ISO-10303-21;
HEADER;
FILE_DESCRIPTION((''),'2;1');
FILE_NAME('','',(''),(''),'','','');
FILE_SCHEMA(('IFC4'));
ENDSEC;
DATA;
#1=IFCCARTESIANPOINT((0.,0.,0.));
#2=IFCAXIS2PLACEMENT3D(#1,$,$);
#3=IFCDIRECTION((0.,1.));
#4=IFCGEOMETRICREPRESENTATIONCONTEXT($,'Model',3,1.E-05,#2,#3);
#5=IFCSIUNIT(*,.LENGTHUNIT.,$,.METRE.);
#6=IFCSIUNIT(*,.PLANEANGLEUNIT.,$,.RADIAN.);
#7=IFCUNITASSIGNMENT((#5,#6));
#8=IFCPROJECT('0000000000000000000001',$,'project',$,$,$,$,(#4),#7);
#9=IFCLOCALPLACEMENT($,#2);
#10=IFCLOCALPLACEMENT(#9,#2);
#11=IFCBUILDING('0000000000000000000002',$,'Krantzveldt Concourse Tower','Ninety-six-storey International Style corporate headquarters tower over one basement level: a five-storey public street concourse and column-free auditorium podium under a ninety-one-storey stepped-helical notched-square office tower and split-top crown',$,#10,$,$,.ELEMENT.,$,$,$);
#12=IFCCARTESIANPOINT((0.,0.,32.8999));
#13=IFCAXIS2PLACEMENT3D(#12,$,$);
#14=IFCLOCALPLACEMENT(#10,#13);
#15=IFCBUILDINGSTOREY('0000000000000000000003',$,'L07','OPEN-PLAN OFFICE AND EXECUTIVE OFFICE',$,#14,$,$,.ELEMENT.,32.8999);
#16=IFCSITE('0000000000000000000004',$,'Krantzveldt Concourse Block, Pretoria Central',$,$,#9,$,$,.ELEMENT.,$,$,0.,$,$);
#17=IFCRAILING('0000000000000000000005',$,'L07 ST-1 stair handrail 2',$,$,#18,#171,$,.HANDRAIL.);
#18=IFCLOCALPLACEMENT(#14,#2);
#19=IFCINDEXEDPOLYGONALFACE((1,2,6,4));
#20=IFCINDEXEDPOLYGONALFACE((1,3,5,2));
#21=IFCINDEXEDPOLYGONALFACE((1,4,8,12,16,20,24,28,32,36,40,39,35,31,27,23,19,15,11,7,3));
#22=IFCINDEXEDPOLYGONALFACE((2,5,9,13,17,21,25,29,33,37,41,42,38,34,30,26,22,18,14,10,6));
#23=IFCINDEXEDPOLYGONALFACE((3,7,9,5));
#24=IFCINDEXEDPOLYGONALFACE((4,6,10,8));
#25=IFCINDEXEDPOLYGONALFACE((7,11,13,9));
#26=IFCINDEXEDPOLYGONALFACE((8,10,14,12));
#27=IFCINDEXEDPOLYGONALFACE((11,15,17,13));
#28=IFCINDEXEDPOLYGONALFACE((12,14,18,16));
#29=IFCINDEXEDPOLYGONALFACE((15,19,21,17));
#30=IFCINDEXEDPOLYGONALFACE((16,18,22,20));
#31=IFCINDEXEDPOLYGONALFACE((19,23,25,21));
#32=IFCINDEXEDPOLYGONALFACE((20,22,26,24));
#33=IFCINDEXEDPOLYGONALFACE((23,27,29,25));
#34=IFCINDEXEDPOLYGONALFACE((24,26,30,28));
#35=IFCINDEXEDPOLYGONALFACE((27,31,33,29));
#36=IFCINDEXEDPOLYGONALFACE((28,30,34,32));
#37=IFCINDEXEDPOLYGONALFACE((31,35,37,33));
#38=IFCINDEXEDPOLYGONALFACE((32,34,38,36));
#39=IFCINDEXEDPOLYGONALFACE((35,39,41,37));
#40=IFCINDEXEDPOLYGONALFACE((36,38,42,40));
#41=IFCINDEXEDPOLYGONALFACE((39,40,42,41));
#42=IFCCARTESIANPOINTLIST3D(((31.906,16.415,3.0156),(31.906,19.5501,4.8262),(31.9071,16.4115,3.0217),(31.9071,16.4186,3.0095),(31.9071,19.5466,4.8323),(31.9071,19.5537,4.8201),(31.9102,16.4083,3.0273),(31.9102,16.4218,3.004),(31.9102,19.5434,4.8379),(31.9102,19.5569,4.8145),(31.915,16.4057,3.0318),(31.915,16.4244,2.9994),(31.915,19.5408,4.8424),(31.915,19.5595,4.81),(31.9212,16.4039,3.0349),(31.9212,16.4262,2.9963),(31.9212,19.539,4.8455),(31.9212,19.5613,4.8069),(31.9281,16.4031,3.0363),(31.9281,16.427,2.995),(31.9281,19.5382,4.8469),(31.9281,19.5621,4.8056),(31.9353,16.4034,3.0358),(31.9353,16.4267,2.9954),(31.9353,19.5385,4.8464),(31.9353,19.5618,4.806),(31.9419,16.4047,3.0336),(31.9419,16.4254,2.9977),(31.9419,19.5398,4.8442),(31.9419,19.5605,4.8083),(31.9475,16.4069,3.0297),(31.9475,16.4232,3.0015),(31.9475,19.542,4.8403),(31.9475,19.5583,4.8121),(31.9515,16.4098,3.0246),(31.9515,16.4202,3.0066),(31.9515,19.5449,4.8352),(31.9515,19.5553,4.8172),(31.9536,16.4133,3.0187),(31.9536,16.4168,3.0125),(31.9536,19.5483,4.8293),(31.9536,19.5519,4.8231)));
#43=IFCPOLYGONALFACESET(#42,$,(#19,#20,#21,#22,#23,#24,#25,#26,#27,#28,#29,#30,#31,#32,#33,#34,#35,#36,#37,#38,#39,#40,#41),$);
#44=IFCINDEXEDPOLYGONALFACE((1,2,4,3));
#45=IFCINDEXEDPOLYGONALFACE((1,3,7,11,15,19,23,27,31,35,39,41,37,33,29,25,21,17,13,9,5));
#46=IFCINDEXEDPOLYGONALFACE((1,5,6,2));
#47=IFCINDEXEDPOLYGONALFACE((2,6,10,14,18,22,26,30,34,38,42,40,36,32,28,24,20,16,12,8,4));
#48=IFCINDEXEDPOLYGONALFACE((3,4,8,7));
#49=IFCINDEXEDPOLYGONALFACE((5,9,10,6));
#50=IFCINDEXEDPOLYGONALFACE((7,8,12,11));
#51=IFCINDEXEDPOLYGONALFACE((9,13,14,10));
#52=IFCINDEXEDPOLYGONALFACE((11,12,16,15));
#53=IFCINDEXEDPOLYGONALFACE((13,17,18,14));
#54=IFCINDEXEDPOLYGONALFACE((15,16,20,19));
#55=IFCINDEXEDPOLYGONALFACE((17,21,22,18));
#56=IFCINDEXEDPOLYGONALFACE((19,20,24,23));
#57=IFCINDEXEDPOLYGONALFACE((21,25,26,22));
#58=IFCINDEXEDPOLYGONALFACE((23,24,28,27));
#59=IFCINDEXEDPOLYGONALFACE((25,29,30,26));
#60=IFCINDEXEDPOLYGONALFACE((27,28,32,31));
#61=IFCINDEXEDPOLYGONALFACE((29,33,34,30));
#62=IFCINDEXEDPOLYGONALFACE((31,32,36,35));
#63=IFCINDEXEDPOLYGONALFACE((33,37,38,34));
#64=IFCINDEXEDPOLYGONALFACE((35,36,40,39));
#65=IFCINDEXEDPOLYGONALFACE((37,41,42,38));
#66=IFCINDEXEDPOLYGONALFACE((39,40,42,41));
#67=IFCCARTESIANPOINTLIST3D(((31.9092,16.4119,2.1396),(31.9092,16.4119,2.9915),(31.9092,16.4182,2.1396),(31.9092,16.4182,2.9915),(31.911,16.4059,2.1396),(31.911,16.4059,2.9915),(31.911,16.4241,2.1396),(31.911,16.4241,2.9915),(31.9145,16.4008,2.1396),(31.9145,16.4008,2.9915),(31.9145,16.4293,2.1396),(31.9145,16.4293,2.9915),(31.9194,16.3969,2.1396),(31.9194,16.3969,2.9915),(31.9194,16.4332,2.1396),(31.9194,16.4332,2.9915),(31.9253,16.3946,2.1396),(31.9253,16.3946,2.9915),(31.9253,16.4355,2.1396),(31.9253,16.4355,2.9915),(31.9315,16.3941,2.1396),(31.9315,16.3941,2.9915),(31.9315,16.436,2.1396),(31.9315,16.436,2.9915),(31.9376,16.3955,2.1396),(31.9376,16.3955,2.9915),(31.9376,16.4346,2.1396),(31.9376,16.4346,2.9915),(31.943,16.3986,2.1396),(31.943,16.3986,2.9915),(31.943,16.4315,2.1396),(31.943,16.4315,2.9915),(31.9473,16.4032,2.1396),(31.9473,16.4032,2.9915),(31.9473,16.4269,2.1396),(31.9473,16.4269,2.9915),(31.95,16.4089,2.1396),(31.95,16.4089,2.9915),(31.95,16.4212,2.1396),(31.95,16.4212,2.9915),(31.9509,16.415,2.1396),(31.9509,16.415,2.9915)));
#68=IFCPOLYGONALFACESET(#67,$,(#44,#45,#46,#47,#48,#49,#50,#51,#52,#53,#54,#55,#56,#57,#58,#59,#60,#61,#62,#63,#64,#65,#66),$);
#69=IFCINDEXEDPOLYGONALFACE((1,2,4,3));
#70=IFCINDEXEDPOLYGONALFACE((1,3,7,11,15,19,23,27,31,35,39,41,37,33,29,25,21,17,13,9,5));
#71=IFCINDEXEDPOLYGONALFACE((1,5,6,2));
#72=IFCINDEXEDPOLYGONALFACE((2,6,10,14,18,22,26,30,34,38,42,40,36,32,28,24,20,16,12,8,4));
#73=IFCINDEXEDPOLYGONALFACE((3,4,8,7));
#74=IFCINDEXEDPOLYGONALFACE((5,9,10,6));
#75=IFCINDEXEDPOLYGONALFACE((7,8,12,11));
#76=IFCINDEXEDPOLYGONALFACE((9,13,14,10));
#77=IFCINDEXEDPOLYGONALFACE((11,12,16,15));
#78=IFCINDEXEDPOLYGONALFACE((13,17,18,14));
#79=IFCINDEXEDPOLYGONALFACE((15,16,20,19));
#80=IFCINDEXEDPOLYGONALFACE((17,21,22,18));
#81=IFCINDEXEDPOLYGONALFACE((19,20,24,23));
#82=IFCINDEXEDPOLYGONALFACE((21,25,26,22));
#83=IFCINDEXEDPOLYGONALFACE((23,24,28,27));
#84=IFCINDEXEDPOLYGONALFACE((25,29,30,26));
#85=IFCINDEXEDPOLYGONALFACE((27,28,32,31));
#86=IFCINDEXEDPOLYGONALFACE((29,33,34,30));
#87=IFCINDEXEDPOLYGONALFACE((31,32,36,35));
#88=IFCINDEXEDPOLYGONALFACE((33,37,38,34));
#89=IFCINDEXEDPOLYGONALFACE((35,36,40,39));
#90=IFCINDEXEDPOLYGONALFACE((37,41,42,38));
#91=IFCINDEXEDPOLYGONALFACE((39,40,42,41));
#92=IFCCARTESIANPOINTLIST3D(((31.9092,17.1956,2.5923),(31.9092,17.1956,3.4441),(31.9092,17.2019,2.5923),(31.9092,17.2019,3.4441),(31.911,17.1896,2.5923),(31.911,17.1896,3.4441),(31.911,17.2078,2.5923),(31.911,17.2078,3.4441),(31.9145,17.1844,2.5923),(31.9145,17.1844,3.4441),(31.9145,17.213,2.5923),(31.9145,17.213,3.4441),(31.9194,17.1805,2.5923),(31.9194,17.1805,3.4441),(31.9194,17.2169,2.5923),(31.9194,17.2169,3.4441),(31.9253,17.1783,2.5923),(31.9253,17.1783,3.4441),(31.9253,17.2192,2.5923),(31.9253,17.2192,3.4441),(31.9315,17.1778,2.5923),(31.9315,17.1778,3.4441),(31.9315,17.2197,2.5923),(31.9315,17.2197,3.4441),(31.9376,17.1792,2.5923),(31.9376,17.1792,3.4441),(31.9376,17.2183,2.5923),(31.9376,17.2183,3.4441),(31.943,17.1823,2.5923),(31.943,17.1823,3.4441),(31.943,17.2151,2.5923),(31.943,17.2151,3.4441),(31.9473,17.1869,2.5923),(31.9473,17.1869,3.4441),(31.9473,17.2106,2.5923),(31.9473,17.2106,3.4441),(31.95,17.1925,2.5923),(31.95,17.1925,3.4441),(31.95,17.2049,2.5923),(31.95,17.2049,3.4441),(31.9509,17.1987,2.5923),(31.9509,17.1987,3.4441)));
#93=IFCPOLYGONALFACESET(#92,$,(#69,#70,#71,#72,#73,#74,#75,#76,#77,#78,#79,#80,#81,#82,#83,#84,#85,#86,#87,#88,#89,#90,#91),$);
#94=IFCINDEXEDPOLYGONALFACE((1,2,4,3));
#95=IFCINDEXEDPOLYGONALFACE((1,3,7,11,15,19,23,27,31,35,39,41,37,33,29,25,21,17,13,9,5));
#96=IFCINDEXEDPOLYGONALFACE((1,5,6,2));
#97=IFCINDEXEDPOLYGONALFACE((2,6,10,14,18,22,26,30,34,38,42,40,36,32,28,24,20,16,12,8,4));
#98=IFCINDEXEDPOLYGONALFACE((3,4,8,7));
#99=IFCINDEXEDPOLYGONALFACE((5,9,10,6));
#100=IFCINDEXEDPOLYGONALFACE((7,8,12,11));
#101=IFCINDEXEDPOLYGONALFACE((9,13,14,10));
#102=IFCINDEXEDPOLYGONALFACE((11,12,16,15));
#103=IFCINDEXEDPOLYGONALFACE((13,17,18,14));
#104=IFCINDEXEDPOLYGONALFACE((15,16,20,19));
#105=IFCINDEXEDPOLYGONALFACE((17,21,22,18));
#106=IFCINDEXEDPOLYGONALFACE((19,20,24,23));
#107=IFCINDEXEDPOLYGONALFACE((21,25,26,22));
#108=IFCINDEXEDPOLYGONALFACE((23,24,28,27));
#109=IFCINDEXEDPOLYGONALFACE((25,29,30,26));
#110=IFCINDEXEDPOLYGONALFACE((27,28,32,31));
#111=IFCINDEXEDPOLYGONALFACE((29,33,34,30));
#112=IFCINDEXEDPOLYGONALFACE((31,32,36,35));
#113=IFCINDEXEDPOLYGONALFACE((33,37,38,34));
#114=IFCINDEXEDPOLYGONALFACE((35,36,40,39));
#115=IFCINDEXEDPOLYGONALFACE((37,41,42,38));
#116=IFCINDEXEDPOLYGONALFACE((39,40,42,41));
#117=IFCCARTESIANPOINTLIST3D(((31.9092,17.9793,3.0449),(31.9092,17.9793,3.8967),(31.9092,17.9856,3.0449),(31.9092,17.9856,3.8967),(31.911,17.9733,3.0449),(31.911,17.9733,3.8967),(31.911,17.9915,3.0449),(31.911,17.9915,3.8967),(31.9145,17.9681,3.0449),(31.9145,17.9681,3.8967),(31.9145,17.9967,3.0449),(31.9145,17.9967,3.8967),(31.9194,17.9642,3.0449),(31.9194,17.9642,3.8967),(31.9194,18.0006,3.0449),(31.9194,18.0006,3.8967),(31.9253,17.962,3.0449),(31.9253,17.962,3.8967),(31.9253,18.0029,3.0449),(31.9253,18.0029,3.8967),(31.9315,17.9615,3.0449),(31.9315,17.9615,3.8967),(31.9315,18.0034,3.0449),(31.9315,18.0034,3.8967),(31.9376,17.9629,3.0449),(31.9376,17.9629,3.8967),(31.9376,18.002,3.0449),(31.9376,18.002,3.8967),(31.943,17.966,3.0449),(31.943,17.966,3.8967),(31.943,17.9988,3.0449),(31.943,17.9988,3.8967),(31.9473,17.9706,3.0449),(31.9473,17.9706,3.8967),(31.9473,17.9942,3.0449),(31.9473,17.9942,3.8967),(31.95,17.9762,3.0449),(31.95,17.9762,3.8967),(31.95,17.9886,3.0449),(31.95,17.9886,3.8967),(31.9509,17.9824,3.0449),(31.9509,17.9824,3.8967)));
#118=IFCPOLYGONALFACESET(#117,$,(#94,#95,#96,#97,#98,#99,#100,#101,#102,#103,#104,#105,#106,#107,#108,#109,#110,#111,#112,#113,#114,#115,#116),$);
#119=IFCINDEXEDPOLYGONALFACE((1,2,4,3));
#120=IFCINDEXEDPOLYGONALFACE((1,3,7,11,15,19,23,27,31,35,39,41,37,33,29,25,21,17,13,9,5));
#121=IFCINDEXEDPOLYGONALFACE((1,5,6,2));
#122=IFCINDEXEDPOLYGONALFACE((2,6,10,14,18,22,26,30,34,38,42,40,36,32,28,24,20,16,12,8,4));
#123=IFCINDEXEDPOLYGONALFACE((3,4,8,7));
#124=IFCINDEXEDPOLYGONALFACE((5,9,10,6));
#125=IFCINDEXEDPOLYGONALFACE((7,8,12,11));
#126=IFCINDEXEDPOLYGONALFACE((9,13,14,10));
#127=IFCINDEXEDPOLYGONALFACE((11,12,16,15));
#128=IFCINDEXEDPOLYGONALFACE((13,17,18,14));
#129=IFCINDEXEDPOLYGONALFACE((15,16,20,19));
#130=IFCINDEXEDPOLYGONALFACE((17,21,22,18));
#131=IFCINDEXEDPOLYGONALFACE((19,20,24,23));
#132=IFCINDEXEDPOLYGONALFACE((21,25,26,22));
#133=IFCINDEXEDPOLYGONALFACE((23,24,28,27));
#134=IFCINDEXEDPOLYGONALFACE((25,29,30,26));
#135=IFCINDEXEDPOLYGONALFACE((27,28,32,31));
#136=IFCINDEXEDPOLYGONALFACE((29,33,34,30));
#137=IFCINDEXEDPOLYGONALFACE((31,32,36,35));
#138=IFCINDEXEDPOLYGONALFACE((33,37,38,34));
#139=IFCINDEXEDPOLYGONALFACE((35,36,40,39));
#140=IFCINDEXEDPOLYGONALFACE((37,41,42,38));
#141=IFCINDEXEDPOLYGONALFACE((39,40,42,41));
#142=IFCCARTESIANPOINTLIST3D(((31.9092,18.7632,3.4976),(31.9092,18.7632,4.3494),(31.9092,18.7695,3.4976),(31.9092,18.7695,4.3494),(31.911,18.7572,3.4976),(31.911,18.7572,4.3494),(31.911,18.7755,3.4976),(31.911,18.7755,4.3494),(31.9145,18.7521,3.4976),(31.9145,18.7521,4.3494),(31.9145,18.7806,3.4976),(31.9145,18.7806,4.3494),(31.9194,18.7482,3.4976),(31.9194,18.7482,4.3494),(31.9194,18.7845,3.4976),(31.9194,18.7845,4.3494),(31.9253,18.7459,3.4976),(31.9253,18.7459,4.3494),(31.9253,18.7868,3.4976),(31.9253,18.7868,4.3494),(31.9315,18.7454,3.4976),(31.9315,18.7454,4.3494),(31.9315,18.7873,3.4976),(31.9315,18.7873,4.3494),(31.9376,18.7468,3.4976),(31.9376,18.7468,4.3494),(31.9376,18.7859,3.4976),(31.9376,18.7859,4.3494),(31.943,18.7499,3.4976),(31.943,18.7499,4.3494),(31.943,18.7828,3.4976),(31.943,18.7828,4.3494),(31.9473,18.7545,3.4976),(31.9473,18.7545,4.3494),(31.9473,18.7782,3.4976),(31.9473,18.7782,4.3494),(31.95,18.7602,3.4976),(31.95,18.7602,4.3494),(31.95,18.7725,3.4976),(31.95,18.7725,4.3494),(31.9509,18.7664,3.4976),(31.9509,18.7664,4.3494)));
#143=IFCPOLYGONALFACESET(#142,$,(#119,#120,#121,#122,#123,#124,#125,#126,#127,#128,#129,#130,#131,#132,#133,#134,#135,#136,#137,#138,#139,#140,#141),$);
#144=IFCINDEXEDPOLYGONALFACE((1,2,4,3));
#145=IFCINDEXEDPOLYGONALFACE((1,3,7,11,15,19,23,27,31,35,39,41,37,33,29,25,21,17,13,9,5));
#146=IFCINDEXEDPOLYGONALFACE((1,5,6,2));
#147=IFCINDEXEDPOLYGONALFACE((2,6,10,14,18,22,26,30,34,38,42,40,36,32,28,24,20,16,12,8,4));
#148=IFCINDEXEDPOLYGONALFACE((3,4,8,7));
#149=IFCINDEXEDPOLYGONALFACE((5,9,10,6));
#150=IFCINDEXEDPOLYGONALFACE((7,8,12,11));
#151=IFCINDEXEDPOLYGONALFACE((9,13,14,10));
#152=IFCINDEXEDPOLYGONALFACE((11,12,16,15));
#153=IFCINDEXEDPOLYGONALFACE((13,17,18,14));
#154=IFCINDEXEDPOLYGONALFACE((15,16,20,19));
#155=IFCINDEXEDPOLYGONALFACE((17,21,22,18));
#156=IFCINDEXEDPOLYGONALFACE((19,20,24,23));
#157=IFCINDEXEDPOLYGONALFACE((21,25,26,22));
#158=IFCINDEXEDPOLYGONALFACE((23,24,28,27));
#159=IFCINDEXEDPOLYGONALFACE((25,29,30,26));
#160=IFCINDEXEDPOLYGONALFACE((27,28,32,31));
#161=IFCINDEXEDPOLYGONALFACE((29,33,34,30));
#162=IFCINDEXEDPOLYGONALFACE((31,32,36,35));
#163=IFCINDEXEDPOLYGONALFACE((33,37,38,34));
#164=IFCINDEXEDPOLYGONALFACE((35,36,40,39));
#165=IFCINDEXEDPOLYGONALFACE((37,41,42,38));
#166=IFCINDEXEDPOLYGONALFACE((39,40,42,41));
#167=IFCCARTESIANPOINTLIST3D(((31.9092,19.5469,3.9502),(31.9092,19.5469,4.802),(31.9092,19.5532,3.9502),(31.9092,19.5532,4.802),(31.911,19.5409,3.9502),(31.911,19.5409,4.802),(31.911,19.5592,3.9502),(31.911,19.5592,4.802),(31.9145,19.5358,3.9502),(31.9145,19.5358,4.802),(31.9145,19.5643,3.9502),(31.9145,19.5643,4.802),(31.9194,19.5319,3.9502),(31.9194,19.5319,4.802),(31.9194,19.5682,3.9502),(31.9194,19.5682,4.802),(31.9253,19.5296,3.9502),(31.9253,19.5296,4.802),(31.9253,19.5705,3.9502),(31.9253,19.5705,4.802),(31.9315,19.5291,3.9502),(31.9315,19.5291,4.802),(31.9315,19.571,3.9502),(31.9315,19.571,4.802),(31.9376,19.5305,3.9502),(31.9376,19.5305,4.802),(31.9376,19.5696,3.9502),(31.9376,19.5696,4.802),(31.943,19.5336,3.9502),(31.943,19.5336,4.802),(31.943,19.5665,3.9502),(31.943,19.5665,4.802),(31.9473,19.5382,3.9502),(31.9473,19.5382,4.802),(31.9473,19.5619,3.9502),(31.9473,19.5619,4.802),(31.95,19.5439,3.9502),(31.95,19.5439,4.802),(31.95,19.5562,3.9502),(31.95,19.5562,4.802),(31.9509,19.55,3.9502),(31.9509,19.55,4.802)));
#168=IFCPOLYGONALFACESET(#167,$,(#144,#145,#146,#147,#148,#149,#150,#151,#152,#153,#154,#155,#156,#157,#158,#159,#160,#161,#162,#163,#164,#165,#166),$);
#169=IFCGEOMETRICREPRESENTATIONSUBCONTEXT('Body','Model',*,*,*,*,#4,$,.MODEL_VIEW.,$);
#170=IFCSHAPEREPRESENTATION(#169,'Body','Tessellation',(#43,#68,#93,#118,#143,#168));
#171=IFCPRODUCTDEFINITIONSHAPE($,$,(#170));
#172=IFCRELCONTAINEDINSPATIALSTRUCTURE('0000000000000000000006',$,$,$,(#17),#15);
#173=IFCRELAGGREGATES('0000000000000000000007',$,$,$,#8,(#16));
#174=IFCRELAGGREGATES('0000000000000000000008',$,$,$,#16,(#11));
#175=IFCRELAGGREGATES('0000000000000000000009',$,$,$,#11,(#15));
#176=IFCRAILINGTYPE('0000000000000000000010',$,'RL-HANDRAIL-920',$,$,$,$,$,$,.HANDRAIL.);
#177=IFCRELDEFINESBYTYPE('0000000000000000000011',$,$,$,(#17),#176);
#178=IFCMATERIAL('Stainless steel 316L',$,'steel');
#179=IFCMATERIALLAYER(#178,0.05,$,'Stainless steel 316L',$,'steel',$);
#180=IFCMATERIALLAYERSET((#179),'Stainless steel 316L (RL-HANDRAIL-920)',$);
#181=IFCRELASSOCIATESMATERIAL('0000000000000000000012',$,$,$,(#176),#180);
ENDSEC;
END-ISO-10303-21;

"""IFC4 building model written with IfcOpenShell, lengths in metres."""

from ifc_helpers import new_model, si_unit, direction, frame, origin, origin_2d, place, context, subcontext, project, spatial, circle, extrude, material, layer, layer_set, type_object, element, save


model = new_model("IFC4")

# Units and contexts
model_context = context("Model", 3, precision=1e-05, world=origin(), true_north=direction((0.0, 1.0)))
body_context = subcontext(model_context, "Body", "Model", "MODEL_VIEW")
ifc_project = project(units=[si_unit("LENGTHUNIT", "METRE"), si_unit("PLANEANGLEUNIT", "RADIAN")], contexts=[model_context])

# Site, building, storey
site_placement = place(None, origin())
site = spatial("IfcSite", under=ifc_project, at=site_placement, Name="Krantzveldt Concourse Block, Pretoria Central", CompositionType="ELEMENT", RefElevation=0.0)
building_placement = place(site_placement, origin())
building = spatial("IfcBuilding", under=site, at=building_placement, Name="Krantzveldt Concourse Tower", Description="Ninety-six-storey International Style corporate headquarters tower over one basement level: a five-storey public street concourse and column-free auditorium podium under a ninety-one-storey stepped-helical notched-square office tower and split-top crown", CompositionType="ELEMENT")
storey_placement = place(building_placement, frame((0.0, 0.0, 32.8999)))
storey = spatial("IfcBuildingStorey", under=building, at=storey_placement, Name="L07", Description="OPEN-PLAN OFFICE AND EXECUTIVE OFFICE", CompositionType="ELEMENT", Elevation=32.8999)

# Railing
ifc_material_1 = material(Name="Stainless steel 316L", Category="steel")
ifc_layer_1 = layer(ifc_material_1, 0.05, Name="Stainless steel 316L", Category="steel")
ifc_layer_set_1 = layer_set([ifc_layer_1], Name="Stainless steel 316L (RL-HANDRAIL-920)")
railing_type_1 = type_object("IfcRailingType", Name="RL-HANDRAIL-920", PredefinedType="HANDRAIL", material=ifc_layer_set_1)
railing_1_placement = place(storey_placement, frame((31.9299, 16.415, 2.1396)))
element("IfcRailing", 1, at=railing_1_placement, inside=storey, type_object=railing_type_1, Name="L07 ST-1 stair handrail 2", PredefinedType="HANDRAIL", context=body_context, shape_type="SweptSolid", body=[
    extrude(circle(Radius=0.0239, at=origin_2d()), frame((0.0, 0.0, 0.876), z_axis=(0.0, 0.86596, 0.500114), x_axis=(-1.0, 0.0, 0.0)), (0.0, 0.0, 1.0), 3.6204),
    extrude(circle(Radius=0.021, at=origin_2d()), origin(), (0.0, 0.0, 1.0), 0.8518),
    extrude(circle(Radius=0.021, at=origin_2d()), frame((0.0, 0.7837, 0.4526)), (0.0, 0.0, 1.0), 0.8518),
    extrude(circle(Radius=0.021, at=origin_2d()), frame((0.0, 1.5674, 0.9053)), (0.0, 0.0, 1.0), 0.8518),
    extrude(circle(Radius=0.021, at=origin_2d()), frame((0.0, 2.3513, 1.3579)), (0.0, 0.0, 1.0), 0.8518),
    extrude(circle(Radius=0.021, at=origin_2d()), frame((0.0, 3.135, 1.8105)), (0.0, 0.0, 1.0), 0.8518),
])

save(model, "model.ifc")
